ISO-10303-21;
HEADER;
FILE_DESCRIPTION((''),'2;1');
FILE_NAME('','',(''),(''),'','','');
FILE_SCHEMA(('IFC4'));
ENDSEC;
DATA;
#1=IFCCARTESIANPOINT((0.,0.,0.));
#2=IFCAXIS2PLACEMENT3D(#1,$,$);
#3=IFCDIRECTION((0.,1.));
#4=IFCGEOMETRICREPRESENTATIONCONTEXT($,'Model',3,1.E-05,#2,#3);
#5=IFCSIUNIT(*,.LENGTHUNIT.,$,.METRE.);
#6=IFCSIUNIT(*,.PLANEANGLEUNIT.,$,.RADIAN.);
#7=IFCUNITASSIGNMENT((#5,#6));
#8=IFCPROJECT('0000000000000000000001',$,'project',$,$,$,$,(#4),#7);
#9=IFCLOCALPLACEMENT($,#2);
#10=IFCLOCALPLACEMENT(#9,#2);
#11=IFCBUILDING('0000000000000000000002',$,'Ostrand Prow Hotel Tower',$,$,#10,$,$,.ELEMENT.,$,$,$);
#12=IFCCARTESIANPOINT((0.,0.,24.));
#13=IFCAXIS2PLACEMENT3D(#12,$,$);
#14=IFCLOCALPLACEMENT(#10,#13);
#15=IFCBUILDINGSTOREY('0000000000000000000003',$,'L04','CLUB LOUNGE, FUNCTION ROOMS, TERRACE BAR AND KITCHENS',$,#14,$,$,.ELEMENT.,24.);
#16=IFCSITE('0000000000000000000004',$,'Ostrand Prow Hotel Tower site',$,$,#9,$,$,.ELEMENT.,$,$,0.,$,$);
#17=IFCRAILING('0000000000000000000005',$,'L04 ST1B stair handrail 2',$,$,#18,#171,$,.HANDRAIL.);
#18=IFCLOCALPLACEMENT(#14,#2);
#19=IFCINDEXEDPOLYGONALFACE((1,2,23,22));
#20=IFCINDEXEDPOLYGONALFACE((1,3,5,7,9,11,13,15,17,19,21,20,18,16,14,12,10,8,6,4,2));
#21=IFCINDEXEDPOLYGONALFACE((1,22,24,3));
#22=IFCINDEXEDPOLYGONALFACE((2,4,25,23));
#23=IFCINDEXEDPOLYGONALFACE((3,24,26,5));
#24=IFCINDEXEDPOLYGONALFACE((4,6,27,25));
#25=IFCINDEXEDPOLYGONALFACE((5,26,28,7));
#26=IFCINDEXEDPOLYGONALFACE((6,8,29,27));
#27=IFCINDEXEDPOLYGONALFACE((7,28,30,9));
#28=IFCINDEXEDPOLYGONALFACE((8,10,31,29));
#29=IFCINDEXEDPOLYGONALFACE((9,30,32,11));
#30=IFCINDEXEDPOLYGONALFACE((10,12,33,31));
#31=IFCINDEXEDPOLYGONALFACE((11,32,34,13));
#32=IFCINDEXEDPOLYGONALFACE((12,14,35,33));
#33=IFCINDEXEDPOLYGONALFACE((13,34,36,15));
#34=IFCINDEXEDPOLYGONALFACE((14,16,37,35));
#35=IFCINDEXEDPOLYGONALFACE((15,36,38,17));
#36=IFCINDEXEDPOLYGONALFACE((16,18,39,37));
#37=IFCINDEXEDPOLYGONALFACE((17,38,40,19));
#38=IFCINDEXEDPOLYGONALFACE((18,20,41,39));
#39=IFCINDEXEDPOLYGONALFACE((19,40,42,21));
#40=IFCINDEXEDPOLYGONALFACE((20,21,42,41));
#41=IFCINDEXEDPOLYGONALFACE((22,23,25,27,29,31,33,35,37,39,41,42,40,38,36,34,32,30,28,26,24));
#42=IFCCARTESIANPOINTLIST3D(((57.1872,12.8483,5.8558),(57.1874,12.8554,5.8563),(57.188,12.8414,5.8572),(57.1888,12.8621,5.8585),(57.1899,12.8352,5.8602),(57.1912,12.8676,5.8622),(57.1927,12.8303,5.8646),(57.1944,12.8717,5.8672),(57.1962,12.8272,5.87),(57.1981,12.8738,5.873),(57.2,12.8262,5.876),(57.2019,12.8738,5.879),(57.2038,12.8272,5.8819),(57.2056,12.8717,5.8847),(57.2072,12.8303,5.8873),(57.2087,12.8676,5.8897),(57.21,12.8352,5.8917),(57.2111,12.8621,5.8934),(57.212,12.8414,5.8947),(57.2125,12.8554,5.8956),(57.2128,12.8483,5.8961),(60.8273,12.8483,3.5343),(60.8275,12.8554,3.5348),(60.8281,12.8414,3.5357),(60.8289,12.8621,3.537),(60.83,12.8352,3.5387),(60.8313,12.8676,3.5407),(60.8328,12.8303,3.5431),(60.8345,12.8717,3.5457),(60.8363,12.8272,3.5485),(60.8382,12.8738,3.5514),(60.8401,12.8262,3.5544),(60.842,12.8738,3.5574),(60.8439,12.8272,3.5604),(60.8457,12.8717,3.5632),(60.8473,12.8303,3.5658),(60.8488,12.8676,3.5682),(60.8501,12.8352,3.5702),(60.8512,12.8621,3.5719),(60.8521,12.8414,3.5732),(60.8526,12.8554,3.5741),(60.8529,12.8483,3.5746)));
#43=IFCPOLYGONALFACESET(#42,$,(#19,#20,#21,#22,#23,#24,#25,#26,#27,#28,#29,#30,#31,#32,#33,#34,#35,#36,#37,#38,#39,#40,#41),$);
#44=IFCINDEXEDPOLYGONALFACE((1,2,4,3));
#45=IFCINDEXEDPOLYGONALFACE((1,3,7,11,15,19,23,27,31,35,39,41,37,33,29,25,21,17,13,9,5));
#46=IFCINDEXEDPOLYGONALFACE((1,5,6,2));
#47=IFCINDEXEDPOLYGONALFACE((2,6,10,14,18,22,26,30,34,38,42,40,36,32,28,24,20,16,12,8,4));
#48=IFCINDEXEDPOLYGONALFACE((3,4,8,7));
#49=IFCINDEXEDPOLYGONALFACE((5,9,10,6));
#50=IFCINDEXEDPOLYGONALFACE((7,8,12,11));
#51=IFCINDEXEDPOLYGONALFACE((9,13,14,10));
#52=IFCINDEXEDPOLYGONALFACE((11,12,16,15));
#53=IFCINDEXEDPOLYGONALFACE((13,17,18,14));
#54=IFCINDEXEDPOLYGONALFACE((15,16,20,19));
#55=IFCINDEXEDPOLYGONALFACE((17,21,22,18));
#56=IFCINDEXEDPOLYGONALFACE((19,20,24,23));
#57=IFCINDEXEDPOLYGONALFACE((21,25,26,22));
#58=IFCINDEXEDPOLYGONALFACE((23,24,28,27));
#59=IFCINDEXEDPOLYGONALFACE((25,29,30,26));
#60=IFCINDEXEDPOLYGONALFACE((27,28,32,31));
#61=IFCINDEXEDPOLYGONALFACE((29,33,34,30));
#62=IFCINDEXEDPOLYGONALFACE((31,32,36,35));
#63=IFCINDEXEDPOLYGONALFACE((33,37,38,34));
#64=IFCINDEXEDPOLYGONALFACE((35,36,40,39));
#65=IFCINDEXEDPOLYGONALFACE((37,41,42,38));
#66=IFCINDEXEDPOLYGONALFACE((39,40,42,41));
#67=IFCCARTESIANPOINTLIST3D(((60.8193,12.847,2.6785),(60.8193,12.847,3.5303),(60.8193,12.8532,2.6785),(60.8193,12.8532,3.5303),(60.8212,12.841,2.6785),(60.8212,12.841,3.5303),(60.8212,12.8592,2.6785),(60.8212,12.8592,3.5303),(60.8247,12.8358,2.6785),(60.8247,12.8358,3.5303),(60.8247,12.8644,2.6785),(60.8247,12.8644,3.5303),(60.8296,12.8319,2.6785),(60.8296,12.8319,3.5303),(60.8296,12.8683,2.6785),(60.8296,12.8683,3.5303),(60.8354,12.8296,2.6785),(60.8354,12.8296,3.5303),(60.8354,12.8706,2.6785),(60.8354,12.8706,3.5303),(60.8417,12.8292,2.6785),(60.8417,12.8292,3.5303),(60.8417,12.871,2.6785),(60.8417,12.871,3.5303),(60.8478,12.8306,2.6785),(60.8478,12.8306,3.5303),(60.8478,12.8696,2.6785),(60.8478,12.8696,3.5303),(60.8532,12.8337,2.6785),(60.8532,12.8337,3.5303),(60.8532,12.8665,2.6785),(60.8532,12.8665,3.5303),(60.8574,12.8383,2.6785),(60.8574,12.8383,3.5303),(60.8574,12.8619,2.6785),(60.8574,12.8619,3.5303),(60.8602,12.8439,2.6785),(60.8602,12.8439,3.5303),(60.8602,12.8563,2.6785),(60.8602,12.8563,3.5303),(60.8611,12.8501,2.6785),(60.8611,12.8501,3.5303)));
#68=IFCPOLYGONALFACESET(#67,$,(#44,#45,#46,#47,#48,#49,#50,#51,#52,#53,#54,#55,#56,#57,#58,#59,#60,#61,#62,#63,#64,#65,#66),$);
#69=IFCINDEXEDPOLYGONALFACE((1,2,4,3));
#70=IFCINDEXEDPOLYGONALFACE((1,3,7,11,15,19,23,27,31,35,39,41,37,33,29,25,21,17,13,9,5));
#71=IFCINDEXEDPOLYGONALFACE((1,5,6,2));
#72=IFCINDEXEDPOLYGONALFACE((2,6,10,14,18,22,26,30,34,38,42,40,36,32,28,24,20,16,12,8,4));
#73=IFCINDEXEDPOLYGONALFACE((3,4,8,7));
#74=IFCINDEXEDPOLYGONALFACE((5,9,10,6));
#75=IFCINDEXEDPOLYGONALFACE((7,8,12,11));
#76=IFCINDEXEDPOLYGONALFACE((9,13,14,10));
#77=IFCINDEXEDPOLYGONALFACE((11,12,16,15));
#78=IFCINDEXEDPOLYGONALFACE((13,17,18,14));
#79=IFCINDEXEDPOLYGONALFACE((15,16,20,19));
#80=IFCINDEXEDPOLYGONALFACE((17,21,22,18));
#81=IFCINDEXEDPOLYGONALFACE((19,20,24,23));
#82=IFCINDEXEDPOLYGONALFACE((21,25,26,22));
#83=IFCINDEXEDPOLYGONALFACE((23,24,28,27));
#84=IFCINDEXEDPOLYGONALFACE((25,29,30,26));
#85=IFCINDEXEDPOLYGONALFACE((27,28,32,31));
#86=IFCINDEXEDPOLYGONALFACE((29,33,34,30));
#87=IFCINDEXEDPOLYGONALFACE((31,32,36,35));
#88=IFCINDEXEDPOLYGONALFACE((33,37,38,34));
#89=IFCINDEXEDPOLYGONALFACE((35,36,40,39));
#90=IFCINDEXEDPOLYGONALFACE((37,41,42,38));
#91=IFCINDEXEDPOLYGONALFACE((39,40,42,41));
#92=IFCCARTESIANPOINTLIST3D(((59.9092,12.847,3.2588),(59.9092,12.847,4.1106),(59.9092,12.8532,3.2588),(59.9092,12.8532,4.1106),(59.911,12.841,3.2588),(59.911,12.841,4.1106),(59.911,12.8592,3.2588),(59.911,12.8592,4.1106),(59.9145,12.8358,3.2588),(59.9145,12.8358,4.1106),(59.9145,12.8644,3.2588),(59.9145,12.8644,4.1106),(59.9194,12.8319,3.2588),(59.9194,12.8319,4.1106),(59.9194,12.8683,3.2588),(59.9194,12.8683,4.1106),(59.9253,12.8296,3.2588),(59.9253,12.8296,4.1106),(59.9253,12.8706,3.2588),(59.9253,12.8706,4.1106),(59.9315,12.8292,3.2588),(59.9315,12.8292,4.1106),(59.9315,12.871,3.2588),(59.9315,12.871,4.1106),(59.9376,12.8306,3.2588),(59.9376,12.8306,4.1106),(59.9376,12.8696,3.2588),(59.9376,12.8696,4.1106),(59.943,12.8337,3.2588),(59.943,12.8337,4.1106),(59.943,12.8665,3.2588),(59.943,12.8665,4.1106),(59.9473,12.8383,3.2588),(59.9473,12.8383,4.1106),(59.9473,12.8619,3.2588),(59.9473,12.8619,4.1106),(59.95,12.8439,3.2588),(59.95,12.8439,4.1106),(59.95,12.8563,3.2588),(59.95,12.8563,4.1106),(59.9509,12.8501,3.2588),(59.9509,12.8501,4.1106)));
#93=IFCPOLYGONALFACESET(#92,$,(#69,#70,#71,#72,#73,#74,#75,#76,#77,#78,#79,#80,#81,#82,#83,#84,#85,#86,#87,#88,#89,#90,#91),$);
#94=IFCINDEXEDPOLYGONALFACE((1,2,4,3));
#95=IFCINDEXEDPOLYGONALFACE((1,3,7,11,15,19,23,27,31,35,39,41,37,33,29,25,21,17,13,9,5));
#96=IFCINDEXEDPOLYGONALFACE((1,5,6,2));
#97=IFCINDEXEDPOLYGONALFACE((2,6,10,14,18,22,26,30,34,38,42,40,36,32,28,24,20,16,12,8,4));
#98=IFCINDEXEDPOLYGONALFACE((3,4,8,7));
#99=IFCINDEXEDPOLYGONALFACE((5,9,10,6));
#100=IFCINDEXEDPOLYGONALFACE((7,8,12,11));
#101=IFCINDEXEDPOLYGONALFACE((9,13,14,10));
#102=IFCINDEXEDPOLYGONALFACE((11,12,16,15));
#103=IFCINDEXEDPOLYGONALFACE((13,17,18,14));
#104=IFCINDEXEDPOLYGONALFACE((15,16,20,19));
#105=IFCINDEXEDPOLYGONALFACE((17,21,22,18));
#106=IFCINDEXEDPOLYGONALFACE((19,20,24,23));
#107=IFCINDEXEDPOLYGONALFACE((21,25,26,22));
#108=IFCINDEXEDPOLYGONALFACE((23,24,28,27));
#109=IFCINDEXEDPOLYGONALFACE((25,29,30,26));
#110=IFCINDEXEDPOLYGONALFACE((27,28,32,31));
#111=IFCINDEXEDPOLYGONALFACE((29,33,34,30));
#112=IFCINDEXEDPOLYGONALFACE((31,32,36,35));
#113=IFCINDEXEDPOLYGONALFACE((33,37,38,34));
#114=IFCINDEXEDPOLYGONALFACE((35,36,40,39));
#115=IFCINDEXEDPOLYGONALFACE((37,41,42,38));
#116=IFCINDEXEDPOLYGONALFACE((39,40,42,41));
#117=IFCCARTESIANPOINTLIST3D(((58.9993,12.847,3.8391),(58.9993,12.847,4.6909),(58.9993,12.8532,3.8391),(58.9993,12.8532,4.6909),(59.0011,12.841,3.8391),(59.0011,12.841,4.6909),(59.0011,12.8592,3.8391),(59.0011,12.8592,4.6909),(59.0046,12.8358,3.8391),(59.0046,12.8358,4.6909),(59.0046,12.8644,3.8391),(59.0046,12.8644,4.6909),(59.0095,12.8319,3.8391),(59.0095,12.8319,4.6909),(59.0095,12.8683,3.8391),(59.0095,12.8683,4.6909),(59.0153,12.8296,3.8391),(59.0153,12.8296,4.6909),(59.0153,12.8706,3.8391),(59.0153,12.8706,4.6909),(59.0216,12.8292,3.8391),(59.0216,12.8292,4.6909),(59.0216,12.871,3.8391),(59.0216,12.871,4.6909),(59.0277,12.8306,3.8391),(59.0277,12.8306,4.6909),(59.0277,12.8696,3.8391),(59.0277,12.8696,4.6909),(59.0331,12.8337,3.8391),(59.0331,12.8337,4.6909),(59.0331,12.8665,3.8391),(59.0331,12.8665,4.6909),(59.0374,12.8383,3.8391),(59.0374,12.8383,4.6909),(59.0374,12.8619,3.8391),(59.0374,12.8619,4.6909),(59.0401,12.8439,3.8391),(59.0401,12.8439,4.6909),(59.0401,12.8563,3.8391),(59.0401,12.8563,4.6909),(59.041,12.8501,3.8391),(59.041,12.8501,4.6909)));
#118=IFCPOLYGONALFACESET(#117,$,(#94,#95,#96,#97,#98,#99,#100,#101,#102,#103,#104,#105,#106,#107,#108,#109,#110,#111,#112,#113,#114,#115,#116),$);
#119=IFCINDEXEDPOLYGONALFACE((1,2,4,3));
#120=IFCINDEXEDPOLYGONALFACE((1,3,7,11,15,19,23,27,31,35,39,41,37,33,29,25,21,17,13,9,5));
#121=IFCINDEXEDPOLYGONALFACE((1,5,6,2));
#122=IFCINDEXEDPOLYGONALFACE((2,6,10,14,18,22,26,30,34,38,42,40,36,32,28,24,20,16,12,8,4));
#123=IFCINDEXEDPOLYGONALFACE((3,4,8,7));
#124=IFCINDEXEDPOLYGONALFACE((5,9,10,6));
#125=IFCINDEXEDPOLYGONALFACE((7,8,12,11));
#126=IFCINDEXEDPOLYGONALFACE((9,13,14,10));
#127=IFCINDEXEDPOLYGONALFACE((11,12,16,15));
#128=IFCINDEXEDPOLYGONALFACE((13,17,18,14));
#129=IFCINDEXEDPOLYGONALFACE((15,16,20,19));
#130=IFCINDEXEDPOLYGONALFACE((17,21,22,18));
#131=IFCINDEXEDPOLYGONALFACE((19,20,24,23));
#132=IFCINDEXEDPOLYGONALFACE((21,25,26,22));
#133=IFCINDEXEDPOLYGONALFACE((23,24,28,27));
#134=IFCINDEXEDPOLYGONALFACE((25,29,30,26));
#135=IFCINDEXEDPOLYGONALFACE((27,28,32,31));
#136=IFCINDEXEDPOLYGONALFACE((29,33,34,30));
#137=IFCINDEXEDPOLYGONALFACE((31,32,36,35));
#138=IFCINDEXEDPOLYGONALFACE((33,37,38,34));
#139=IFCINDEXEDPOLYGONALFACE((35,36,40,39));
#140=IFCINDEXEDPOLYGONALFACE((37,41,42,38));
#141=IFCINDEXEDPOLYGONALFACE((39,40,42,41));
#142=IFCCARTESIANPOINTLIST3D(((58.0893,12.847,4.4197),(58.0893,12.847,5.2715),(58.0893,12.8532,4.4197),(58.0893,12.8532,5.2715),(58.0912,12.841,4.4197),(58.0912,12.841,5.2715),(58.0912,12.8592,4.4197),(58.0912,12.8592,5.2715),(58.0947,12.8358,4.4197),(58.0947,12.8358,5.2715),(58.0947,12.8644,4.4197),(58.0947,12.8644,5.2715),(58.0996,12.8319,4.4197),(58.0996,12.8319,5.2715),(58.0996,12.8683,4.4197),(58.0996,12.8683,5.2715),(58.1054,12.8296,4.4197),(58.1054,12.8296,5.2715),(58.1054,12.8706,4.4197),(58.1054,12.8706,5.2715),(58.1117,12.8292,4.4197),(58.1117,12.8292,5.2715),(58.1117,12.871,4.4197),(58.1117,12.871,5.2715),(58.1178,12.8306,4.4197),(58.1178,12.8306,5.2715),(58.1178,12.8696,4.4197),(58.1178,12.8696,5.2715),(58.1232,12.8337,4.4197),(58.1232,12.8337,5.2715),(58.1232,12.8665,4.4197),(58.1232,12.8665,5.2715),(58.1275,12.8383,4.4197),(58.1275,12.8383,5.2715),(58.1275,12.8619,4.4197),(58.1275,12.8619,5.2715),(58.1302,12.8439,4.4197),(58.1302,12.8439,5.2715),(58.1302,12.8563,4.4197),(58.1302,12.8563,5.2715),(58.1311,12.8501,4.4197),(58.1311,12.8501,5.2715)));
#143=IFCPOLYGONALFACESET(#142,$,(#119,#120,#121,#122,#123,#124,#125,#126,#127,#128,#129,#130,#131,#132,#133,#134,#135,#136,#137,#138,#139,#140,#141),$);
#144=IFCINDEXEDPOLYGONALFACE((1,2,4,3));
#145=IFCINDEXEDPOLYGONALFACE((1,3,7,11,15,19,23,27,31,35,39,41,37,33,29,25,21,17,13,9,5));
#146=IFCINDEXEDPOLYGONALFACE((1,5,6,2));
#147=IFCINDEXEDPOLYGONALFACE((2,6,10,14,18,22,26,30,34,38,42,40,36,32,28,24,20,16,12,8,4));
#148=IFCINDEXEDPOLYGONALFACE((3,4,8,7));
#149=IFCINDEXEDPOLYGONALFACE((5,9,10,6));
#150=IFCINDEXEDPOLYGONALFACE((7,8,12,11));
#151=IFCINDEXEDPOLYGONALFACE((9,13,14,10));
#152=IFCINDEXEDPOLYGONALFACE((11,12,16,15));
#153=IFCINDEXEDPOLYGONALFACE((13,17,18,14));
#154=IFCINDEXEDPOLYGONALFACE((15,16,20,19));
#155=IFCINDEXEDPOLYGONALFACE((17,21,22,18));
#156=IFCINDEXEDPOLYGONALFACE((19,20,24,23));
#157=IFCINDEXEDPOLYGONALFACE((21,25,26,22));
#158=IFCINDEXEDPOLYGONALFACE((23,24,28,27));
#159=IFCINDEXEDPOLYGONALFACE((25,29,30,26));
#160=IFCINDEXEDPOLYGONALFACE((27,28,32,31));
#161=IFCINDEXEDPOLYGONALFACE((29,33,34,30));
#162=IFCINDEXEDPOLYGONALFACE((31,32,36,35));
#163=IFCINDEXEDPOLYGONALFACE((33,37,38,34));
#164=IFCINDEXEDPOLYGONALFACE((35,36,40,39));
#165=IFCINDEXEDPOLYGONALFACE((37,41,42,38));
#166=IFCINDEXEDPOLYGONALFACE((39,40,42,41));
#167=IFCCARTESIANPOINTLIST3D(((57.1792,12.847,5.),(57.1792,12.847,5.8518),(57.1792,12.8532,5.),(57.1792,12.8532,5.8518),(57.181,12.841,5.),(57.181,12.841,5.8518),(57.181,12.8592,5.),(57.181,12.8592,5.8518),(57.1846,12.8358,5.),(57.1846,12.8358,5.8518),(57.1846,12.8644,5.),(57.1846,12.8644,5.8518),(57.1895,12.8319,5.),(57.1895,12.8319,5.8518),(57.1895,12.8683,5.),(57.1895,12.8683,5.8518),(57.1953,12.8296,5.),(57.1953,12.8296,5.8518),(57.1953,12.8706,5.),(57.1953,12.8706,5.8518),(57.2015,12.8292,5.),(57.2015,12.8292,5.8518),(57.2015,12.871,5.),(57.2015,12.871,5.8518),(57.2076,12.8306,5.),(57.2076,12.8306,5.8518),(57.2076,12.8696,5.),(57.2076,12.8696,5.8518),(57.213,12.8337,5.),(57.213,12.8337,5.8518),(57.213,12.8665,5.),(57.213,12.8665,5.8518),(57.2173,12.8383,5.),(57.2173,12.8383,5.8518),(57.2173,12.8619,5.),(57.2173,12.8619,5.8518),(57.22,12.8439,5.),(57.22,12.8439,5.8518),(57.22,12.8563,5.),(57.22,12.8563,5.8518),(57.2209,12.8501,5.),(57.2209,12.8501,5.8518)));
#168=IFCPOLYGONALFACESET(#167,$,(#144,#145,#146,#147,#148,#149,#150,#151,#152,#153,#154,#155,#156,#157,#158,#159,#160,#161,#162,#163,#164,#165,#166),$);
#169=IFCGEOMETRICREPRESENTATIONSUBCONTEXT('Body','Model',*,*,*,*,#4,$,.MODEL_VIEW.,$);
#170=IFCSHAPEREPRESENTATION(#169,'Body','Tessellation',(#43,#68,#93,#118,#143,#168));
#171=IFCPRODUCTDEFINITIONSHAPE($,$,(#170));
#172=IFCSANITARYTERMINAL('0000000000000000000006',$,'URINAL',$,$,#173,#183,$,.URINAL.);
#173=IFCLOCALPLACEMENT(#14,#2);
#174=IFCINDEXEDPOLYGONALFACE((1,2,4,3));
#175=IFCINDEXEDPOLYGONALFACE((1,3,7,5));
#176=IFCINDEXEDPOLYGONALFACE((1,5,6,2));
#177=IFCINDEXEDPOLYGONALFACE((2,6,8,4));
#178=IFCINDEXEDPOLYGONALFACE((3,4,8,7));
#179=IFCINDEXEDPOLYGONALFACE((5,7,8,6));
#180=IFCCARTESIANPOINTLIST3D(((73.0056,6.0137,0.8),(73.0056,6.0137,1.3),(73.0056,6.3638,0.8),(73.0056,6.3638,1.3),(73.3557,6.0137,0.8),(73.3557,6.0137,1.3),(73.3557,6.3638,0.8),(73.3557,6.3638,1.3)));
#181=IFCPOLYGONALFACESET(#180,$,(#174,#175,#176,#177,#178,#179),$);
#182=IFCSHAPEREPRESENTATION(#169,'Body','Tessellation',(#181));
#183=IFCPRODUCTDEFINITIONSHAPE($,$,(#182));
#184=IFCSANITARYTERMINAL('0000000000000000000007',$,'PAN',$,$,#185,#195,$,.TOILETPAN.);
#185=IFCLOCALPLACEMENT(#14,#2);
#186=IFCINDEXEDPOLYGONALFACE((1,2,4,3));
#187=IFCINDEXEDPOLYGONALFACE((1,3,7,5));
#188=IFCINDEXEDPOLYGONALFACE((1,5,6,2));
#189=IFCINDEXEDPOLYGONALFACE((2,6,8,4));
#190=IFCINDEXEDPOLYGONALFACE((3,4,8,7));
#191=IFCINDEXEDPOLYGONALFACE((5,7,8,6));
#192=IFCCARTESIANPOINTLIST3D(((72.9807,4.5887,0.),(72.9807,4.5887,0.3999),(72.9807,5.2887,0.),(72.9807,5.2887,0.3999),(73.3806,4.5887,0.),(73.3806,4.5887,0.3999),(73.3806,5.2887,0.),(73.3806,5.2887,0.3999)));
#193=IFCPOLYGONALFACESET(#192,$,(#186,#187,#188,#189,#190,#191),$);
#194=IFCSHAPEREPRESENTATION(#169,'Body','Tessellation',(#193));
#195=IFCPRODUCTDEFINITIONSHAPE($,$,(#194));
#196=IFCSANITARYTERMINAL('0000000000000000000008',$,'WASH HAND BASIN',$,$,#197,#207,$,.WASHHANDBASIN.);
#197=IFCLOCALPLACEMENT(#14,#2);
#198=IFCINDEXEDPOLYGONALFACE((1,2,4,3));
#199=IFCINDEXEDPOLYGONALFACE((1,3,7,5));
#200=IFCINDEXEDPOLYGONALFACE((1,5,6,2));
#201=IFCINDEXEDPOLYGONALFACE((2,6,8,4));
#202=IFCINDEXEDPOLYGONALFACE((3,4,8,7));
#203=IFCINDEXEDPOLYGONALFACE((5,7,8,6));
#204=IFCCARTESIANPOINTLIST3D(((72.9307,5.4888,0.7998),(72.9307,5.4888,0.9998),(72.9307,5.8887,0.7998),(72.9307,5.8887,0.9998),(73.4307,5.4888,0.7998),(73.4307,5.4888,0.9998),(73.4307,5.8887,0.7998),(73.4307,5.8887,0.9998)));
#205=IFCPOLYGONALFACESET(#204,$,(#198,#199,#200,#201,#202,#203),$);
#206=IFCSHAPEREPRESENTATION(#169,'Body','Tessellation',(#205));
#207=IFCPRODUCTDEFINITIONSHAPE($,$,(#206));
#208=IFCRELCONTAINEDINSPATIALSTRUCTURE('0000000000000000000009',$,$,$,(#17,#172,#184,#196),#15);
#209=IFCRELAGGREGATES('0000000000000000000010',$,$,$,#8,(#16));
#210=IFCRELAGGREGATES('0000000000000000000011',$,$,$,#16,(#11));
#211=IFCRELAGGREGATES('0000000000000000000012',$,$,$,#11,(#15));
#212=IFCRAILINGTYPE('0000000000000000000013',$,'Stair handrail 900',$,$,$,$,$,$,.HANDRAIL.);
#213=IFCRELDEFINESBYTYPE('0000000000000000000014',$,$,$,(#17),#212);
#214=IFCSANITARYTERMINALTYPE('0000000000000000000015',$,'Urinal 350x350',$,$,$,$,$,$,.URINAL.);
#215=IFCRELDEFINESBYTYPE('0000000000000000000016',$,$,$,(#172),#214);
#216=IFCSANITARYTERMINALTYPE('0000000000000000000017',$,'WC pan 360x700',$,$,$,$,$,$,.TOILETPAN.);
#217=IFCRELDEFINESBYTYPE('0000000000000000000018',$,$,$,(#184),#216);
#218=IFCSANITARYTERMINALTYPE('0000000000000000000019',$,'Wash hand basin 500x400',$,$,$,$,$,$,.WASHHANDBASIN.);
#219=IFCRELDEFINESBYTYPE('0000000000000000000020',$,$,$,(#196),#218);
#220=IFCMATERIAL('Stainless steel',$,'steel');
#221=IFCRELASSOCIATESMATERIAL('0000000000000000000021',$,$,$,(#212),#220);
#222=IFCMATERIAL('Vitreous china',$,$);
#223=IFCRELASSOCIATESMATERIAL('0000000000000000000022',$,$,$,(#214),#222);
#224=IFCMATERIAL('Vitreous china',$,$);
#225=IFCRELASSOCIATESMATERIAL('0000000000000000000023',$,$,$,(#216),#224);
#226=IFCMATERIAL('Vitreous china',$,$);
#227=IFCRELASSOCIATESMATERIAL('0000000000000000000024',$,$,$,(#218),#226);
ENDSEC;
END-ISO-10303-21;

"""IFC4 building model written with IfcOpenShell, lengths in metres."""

from ifc_helpers import new_model, si_unit, direction, frame, origin, origin_2d, place, context, subcontext, project, spatial, rectangle, circle, extrude, material, type_object, element, save


model = new_model("IFC4")

# Units and contexts
model_context = context("Model", 3, precision=1e-05, world=origin(), true_north=direction((0.0, 1.0)))
body_context = subcontext(model_context, "Body", "Model", "MODEL_VIEW")
ifc_project = project(units=[si_unit("LENGTHUNIT", "METRE"), si_unit("PLANEANGLEUNIT", "RADIAN")], contexts=[model_context])

# Site, building, storey
site_placement = place(None, origin())
site = spatial("IfcSite", under=ifc_project, at=site_placement, Name="Ostrand Prow Hotel Tower site", CompositionType="ELEMENT", RefElevation=0.0)
building_placement = place(site_placement, origin())
building = spatial("IfcBuilding", under=site, at=building_placement, Name="Ostrand Prow Hotel Tower", CompositionType="ELEMENT")
storey_placement = place(building_placement, frame((0.0, 0.0, 24.0)))
storey = spatial("IfcBuildingStorey", under=building, at=storey_placement, Name="L04", Description="CLUB LOUNGE, FUNCTION ROOMS, TERRACE BAR AND KITCHENS", CompositionType="ELEMENT", Elevation=24.0)

# Railing
ifc_material_1 = material(Name="Stainless steel", Category="steel")
railing_type_1 = type_object("IfcRailingType", Name="Stair handrail 900", PredefinedType="HANDRAIL", material=ifc_material_1)
railing_1_placement = place(storey_placement, frame((60.8401, 12.8501, 2.6785)))
element("IfcRailing", 1, at=railing_1_placement, inside=storey, type_object=railing_type_1, Name="L04 ST1B stair handrail 2", PredefinedType="HANDRAIL", context=body_context, shape_type="SweptSolid", body=[
    extrude(circle(Radius=0.0239, at=origin_2d()), frame((0.0, 0.0, 0.876), z_axis=(-0.843128, 0.0, 0.537713), x_axis=(0.0, -1.0, 0.0)), (0.0, 0.0, 1.0), 4.3174),
    extrude(circle(Radius=0.021, at=origin_2d()), origin(), (0.0, 0.0, 1.0), 0.8518),
    extrude(circle(Radius=0.021, at=origin_2d()), frame((-0.9102, 0.0, 0.5803)), (0.0, 0.0, 1.0), 0.8518),
    extrude(circle(Radius=0.021, at=origin_2d()), frame((-1.8201, 0.0, 1.1606)), (0.0, 0.0, 1.0), 0.8518),
    extrude(circle(Radius=0.021, at=origin_2d()), frame((-2.73, 0.0, 1.7412)), (0.0, 0.0, 1.0), 0.8518),
    extrude(circle(Radius=0.021, at=origin_2d()), frame((-3.6401, 0.0, 2.3215)), (0.0, 0.0, 1.0), 0.8518),
])

# Sanitary terminals
ifc_material_2 = material(Name="Vitreous china")
sanitary_terminal_type_1 = type_object("IfcSanitaryTerminalType", Name="Urinal 350x350", PredefinedType="URINAL", material=ifc_material_2)
sanitary_terminal_1_placement = place(storey_placement, frame((73.1807, 6.1887, 0.8), z_axis=(0.0, 0.0, 1.0), x_axis=(1.0, 0.0, 0.0)))
element("IfcSanitaryTerminal", 2, at=sanitary_terminal_1_placement, inside=storey, type_object=sanitary_terminal_type_1, Name="URINAL", PredefinedType="URINAL", context=body_context, shape_type="SweptSolid", body=[
    extrude(rectangle(XDim=0.3501, YDim=0.3501, at=origin_2d()), origin(), (0.0, 0.0, 1.0), 0.5),
])
ifc_material_3 = material(Name="Vitreous china")
sanitary_terminal_type_2 = type_object("IfcSanitaryTerminalType", Name="WC pan 360x700", PredefinedType="TOILETPAN", material=ifc_material_3)
sanitary_terminal_2_placement = place(storey_placement, frame((73.1807, 4.9387, 0.0), z_axis=(0.0, 0.0, 1.0), x_axis=(1.0, 0.0, 0.0)))
element("IfcSanitaryTerminal", 3, at=sanitary_terminal_2_placement, inside=storey, type_object=sanitary_terminal_type_2, Name="PAN", PredefinedType="TOILETPAN", context=body_context, shape_type="SweptSolid", body=[
    extrude(rectangle(XDim=0.3999, YDim=0.7, at=origin_2d()), origin(), (0.0, 0.0, 1.0), 0.3999),
])
ifc_material_4 = material(Name="Vitreous china")
sanitary_terminal_type_3 = type_object("IfcSanitaryTerminalType", Name="Wash hand basin 500x400", PredefinedType="WASHHANDBASIN", material=ifc_material_4)
for number, where, z_axis, x_axis, name in (
    (4, (73.1807, 5.6887, 0.7998), (0.0, 0.0, 1.0), (1.0, 0.0, 0.0), "WASH HAND BASIN"),
):
    element("IfcSanitaryTerminal", number, at=place(storey_placement, frame(where, z_axis=z_axis, x_axis=x_axis)), inside=storey, type_object=sanitary_terminal_type_3, Name=name, PredefinedType="WASHHANDBASIN", context=body_context, shape_type="SweptSolid", body=[
        extrude(rectangle(XDim=0.5, YDim=0.3999, at=origin_2d()), origin(), (0.0, 0.0, 1.0), 0.2),
    ])

save(model, "model.ifc")
